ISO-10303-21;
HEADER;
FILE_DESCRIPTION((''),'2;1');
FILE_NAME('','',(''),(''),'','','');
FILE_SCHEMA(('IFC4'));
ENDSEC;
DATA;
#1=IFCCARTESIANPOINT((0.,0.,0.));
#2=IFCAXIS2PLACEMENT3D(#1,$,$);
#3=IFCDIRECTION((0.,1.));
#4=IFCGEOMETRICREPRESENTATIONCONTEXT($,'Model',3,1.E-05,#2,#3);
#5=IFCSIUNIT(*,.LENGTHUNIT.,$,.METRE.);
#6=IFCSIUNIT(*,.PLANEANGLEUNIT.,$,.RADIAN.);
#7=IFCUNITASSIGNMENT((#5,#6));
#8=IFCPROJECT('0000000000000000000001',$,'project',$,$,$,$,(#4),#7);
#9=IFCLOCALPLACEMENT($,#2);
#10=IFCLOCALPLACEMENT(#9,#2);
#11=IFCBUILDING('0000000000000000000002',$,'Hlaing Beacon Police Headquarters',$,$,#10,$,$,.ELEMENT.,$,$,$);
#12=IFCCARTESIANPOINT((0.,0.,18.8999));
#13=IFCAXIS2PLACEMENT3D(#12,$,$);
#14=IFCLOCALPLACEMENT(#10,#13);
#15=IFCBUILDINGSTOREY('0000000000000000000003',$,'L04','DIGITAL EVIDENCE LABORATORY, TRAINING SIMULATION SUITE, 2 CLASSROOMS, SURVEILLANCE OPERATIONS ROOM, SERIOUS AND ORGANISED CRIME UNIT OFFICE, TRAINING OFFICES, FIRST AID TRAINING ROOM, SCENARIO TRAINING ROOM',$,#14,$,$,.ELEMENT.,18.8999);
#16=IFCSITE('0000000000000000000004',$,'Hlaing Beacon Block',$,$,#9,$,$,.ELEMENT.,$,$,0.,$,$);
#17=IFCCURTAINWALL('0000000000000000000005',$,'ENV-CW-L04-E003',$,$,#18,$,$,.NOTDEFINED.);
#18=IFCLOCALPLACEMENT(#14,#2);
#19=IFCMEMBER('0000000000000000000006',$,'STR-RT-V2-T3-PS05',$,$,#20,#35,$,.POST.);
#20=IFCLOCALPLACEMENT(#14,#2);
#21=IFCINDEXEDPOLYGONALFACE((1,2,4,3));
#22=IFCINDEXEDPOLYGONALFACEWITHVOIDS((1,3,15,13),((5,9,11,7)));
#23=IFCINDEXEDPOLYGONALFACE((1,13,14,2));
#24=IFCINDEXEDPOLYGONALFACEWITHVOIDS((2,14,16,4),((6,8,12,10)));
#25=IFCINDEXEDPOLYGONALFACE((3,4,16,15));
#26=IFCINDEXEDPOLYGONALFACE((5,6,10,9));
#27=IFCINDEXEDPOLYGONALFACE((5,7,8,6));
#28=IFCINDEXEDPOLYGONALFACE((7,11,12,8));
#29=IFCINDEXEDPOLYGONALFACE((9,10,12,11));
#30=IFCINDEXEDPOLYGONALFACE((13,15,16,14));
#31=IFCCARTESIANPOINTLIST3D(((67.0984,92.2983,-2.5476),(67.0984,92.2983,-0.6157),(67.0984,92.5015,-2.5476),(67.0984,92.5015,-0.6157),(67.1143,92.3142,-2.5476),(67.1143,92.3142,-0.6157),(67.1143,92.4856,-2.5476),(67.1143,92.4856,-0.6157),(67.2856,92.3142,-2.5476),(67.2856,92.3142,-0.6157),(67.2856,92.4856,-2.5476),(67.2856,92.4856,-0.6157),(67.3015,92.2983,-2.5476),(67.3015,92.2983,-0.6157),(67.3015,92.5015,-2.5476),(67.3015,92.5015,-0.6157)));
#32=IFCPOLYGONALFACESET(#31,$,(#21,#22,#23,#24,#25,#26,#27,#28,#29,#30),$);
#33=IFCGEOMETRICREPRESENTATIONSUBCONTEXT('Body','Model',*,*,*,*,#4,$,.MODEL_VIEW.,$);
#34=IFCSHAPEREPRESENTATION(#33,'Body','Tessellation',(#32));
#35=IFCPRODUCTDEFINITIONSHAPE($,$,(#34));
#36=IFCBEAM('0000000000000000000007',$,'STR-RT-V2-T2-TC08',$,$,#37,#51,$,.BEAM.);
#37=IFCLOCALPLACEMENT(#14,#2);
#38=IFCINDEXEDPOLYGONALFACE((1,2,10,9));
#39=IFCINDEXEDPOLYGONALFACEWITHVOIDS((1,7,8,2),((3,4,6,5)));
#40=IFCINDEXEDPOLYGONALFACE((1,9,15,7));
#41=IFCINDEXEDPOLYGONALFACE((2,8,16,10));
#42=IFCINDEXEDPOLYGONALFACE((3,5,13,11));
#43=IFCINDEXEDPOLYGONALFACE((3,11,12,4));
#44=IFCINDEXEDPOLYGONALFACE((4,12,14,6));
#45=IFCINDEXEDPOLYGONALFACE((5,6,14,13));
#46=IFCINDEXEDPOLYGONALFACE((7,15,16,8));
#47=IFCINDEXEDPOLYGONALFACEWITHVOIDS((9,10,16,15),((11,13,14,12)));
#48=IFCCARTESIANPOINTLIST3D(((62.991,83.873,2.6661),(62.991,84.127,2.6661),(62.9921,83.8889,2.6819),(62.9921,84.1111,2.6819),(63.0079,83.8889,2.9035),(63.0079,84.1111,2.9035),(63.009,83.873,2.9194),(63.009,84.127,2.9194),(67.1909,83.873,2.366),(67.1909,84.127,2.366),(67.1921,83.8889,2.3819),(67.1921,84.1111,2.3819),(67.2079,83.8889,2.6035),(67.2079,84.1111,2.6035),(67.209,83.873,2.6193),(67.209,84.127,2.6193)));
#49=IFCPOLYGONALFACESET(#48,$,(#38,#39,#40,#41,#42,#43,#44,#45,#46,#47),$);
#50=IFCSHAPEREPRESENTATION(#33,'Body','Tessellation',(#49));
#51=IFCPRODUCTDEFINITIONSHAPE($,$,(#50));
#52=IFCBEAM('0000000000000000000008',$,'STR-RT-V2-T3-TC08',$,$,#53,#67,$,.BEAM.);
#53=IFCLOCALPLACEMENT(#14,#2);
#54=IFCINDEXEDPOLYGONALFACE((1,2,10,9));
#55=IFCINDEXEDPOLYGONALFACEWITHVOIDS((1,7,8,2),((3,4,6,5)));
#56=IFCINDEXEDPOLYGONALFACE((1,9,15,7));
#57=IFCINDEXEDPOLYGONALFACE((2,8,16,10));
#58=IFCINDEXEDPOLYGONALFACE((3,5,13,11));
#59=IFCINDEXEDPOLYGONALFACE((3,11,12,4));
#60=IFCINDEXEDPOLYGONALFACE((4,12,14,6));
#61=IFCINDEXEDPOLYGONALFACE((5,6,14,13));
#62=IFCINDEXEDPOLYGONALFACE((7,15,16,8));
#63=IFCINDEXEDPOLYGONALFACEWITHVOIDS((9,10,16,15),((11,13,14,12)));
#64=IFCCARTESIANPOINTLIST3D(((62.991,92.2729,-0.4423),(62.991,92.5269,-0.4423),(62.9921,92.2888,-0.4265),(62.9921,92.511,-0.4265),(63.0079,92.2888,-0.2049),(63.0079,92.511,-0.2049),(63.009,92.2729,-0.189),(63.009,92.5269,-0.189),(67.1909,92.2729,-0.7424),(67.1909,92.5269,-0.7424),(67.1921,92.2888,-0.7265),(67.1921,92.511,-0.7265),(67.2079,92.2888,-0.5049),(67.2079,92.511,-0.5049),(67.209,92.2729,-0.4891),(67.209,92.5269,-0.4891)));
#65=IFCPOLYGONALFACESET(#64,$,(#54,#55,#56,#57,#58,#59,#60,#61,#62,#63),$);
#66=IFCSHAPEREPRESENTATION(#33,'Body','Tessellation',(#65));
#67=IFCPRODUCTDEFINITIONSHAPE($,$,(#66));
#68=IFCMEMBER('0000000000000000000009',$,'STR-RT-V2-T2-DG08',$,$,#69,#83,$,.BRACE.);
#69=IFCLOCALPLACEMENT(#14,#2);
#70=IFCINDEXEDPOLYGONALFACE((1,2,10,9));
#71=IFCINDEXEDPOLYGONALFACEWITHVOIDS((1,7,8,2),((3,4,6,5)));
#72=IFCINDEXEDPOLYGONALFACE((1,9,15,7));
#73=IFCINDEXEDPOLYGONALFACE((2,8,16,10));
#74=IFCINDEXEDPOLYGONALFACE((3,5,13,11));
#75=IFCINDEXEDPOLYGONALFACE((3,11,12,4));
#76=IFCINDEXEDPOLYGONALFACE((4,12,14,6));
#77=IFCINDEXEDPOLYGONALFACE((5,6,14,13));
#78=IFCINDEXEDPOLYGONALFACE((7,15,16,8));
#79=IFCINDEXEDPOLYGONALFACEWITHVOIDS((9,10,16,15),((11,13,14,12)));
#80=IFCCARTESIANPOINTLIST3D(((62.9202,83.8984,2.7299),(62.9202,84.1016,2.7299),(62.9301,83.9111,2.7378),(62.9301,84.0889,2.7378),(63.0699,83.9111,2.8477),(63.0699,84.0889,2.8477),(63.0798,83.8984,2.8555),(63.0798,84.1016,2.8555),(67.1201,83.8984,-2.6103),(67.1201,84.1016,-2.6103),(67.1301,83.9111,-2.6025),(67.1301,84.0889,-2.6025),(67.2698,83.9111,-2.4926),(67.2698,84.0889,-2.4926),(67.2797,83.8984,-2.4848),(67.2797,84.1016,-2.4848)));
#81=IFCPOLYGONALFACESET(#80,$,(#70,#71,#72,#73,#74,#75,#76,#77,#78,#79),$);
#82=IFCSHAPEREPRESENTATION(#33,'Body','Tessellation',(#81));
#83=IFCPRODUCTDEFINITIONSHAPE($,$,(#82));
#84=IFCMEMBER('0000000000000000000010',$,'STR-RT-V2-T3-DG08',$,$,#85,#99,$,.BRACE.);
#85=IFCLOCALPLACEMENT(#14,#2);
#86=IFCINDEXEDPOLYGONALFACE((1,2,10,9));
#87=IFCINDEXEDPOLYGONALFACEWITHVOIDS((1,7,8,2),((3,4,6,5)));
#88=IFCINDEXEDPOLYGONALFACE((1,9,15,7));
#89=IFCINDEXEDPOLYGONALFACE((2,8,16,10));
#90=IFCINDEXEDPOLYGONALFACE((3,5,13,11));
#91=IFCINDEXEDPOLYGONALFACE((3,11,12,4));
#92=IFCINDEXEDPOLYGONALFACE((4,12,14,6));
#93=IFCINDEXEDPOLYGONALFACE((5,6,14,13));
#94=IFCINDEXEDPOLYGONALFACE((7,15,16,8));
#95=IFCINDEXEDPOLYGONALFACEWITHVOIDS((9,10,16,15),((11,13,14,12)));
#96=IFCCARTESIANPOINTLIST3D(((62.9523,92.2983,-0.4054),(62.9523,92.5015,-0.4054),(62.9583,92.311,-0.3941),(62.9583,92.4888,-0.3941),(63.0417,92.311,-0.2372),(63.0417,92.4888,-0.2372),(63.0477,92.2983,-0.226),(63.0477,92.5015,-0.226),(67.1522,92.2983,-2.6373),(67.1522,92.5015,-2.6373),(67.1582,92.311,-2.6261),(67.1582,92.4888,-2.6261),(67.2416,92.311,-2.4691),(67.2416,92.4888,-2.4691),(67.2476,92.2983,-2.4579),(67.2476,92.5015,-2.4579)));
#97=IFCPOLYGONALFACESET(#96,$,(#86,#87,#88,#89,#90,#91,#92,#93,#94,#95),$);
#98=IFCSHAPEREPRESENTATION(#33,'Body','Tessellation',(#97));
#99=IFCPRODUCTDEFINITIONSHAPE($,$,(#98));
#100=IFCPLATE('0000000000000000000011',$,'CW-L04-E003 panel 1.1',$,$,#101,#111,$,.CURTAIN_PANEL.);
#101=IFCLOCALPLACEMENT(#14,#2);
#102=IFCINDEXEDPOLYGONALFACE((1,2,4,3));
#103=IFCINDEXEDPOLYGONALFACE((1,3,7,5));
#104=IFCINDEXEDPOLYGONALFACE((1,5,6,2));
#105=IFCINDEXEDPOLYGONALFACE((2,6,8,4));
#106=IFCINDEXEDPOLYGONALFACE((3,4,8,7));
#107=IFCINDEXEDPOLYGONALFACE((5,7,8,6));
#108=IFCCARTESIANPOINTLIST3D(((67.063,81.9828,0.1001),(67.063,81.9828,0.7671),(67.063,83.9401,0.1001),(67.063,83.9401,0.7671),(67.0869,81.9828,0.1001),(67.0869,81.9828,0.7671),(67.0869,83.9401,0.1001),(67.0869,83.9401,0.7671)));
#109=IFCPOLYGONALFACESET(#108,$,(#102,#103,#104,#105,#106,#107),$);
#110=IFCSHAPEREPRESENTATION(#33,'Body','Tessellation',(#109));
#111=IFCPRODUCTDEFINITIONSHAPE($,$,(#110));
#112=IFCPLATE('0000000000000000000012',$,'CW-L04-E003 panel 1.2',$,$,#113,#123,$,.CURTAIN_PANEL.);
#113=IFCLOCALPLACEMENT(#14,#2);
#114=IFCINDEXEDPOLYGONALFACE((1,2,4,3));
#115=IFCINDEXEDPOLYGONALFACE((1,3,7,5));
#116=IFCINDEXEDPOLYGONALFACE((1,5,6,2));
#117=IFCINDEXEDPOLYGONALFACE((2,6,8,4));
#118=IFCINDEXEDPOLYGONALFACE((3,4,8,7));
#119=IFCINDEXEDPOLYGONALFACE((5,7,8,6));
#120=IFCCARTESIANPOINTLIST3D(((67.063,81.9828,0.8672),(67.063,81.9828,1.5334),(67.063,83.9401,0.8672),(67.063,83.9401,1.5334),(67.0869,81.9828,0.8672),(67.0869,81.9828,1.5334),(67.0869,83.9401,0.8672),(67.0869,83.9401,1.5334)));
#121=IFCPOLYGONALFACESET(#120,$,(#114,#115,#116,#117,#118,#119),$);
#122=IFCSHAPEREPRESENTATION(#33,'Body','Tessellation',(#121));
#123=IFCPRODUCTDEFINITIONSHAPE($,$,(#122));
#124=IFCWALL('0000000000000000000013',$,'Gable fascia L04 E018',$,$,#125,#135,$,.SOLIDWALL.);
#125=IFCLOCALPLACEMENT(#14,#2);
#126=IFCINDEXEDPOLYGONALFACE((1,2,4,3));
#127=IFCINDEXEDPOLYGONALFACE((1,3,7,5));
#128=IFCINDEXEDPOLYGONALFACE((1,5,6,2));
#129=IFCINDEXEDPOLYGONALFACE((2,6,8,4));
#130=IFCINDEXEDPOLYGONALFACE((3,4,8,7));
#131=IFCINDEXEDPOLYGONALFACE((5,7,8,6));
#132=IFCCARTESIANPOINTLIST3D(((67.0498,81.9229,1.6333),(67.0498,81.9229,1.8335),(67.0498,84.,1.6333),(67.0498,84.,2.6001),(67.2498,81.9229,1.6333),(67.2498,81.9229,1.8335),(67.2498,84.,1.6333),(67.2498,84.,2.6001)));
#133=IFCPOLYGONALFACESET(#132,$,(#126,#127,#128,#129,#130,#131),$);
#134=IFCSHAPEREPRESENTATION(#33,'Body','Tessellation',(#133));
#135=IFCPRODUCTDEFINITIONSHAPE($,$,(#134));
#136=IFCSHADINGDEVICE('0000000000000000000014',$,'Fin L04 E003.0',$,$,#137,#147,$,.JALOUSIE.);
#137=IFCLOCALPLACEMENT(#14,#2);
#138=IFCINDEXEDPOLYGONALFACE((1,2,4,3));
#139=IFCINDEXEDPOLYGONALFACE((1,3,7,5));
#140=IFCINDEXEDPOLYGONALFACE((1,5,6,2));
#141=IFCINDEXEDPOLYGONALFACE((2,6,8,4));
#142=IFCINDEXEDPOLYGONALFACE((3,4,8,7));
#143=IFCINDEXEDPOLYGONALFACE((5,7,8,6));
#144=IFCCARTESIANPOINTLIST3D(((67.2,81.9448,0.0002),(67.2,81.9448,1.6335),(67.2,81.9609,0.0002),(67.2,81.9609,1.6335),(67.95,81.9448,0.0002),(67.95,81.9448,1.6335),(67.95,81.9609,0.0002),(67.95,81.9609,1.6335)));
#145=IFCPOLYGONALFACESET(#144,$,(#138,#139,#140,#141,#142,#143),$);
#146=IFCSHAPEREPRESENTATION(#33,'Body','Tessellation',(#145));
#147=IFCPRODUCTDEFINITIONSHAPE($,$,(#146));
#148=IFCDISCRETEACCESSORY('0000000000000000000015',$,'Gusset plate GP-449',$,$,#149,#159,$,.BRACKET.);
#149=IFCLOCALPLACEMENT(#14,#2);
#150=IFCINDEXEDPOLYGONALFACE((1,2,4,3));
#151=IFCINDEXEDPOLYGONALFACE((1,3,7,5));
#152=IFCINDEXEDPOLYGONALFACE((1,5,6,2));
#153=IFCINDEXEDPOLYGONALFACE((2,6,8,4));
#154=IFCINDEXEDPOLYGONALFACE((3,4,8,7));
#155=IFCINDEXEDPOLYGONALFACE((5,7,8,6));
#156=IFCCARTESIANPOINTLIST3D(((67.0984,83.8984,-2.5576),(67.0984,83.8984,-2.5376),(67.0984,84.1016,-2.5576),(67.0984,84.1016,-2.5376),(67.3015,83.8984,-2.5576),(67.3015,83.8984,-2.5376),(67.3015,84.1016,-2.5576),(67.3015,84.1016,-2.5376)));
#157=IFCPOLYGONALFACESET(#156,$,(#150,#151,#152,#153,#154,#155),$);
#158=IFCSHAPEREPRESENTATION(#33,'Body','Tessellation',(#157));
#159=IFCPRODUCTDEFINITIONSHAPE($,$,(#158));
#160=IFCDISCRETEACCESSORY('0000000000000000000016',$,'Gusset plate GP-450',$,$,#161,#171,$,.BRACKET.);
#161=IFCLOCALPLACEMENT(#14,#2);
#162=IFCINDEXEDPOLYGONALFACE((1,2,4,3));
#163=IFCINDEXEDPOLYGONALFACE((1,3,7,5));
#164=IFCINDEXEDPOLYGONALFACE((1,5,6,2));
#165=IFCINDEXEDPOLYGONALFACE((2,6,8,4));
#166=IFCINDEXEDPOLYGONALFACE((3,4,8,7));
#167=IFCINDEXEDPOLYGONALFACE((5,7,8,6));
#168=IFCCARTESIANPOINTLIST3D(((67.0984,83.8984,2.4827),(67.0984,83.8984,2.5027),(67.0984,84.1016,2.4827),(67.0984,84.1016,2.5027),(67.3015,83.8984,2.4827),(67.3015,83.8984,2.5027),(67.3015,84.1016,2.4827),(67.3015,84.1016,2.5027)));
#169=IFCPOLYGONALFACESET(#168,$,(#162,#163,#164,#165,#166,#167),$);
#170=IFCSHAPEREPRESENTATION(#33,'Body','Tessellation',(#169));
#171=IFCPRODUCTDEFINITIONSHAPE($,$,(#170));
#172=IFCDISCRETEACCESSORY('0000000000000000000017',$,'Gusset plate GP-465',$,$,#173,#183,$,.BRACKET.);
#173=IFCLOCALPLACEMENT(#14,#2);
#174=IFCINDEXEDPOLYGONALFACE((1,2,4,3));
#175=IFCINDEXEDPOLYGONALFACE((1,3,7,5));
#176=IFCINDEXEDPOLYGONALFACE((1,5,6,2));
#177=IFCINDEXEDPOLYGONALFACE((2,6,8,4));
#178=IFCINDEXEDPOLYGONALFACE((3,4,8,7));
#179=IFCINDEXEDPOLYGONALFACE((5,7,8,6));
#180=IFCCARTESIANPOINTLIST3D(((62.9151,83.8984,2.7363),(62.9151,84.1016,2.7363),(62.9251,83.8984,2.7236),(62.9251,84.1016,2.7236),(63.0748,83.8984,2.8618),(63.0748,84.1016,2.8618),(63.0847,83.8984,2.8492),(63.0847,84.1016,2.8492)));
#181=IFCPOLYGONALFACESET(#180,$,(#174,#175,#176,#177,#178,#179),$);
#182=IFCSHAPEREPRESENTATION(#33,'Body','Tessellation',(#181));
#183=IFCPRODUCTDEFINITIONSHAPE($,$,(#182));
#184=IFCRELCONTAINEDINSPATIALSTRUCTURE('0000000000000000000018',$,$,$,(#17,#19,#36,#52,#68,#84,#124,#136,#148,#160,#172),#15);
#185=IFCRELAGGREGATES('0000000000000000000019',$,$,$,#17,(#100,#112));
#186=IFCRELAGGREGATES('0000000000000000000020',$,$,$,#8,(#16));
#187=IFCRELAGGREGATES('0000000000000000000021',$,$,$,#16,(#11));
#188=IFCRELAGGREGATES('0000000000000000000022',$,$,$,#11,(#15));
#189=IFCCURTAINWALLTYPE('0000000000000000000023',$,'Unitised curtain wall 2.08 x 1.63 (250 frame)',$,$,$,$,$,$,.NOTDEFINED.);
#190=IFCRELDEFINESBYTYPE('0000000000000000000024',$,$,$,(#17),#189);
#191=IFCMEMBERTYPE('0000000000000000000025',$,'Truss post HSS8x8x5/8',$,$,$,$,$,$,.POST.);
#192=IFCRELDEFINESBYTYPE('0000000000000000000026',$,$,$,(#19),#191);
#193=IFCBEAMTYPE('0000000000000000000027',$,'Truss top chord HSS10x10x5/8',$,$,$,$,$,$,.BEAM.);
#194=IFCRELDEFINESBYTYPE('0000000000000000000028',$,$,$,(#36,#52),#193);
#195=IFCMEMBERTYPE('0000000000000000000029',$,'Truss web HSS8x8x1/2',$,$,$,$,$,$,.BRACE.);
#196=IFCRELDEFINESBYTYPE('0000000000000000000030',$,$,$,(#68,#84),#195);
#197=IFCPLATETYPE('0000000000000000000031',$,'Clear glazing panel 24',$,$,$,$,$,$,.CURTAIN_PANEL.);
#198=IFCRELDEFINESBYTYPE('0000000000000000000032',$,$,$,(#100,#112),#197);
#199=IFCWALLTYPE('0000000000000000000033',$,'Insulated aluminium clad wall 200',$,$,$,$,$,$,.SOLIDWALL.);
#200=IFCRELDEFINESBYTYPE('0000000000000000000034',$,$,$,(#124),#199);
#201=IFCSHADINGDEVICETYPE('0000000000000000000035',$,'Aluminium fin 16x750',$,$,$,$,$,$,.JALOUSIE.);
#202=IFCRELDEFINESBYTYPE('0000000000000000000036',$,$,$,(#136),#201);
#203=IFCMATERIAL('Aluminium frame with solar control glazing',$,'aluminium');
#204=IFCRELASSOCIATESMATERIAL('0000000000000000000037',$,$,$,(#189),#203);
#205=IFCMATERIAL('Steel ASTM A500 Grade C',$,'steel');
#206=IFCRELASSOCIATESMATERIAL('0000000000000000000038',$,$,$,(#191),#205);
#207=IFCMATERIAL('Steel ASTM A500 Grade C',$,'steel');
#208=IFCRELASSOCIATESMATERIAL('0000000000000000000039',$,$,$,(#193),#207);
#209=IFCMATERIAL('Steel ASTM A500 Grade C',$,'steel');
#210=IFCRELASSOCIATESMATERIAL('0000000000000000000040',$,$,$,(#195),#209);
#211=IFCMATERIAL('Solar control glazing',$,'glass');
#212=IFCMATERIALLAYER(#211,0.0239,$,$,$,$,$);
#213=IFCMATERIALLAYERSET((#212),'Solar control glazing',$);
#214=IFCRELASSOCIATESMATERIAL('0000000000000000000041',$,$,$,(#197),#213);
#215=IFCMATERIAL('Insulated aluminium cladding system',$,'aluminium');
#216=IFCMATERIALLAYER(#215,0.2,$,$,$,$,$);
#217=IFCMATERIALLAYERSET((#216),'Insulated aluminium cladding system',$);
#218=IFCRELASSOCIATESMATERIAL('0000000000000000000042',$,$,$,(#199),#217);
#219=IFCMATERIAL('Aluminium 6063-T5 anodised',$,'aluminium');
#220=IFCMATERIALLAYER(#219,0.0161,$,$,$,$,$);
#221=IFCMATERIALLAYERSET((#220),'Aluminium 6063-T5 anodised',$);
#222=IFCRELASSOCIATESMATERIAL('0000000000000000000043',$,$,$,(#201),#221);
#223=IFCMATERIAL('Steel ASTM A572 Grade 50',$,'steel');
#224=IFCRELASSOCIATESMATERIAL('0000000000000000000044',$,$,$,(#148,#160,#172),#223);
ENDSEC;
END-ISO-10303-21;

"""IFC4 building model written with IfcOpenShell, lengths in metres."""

from ifc_helpers import new_model, si_unit, direction, frame, origin, origin_2d, place, context, subcontext, project, spatial, polyline, rectangle, hollow_rectangle, outline, extrude, material, layer, layer_set, material_profile, profile_set, type_object, element, aggregate, save


model = new_model("IFC4")

# Units and contexts
model_context = context("Model", 3, precision=1e-05, world=origin(), true_north=direction((0.0, 1.0)))
body_context = subcontext(model_context, "Body", "Model", "MODEL_VIEW")
ifc_project = project(units=[si_unit("LENGTHUNIT", "METRE"), si_unit("PLANEANGLEUNIT", "RADIAN")], contexts=[model_context])

# Site, building, storey
site_placement = place(None, origin())
site = spatial("IfcSite", under=ifc_project, at=site_placement, Name="Hlaing Beacon Block", CompositionType="ELEMENT", RefElevation=0.0)
building_placement = place(site_placement, origin())
building = spatial("IfcBuilding", under=site, at=building_placement, Name="Hlaing Beacon Police Headquarters", CompositionType="ELEMENT")
storey_placement = place(building_placement, frame((0.0, 0.0, 18.8999)))
storey = spatial("IfcBuildingStorey", under=building, at=storey_placement, Name="L04", Description="DIGITAL EVIDENCE LABORATORY, TRAINING SIMULATION SUITE, 2 CLASSROOMS, SURVEILLANCE OPERATIONS ROOM, SERIOUS AND ORGANISED CRIME UNIT OFFICE, TRAINING OFFICES, FIRST AID TRAINING ROOM, SCENARIO TRAINING ROOM", CompositionType="ELEMENT", Elevation=18.8999)

# Curtain wall
ifc_material_1 = material(Name="Aluminium frame with solar control glazing", Category="aluminium")
curtain_wall_type = type_object("IfcCurtainWallType", Name="Unitised curtain wall 2.08 x 1.63 (250 frame)", PredefinedType="NOTDEFINED", material=ifc_material_1)
curtain_wall_placement = place(storey_placement, origin())
curtain_wall = element("IfcCurtainWall", 1, at=curtain_wall_placement, inside=storey, type_object=curtain_wall_type, Name="ENV-CW-L04-E003", PredefinedType="NOTDEFINED")

# Member
ifc_material_2 = material(Name="Steel ASTM A500 Grade C", Category="steel")
ifc_material_profile_1 = material_profile(ifc_material_2, hollow_rectangle(XDim=0.2031, YDim=0.2031, WallThickness=0.0159, at=origin_2d()), Name="HSS8x8x5/8")
ifc_profile_set_1 = profile_set([ifc_material_profile_1], Name="Steel ASTM A500 Grade C")
member_type_1 = type_object("IfcMemberType", Name="Truss post HSS8x8x5/8", PredefinedType="POST", material=ifc_profile_set_1)
member_1_placement = place(storey_placement, frame((67.2, 92.3999, -2.5476), z_axis=(0.0, 0.0, 1.0), x_axis=(1.0, 0.0, 0.0)))
element("IfcMember", 2, at=member_1_placement, inside=storey, type_object=member_type_1, Name="STR-RT-V2-T3-PS05", PredefinedType="POST", context=body_context, shape_type="SweptSolid", body=[
    extrude(hollow_rectangle(XDim=0.2031, YDim=0.2031, WallThickness=0.0159, at=origin_2d()), origin(), (0.0, 0.0, 1.0), 1.9319),
])

# Beams
ifc_material_3 = material(Name="Steel ASTM A500 Grade C", Category="steel")
ifc_material_profile_2 = material_profile(ifc_material_3, hollow_rectangle(XDim=0.2539, YDim=0.2539, WallThickness=0.0159, at=origin_2d()), Name="HSS10x10x5/8")
ifc_profile_set_2 = profile_set([ifc_material_profile_2], Name="Steel ASTM A500 Grade C")
beam_type_1 = type_object("IfcBeamType", Name="Truss top chord HSS10x10x5/8", PredefinedType="BEAM", material=ifc_profile_set_2)
for number, where, z_axis, x_axis, name in (
    (3, (63.0, 84.0, 2.7927), (0.997458, 0.0, -0.071259), (0.0, 1.0, 0.0), "STR-RT-V2-T2-TC08"),
    (4, (63.0, 92.3999, -0.3157), (0.997458, 0.0, -0.071259), (0.0, 1.0, 0.0), "STR-RT-V2-T3-TC08"),
):
    element("IfcBeam", number, at=place(storey_placement, frame(where, z_axis=z_axis, x_axis=x_axis)), inside=storey, type_object=beam_type_1, Name=name, PredefinedType="BEAM", context=body_context, shape_type="SweptSolid", body=[
        extrude(hollow_rectangle(XDim=0.2539, YDim=0.2539, WallThickness=0.0159, at=origin_2d()), origin(), (0.0, 0.0, 1.0), 4.2107),
    ])

# Members
ifc_material_4 = material(Name="Steel ASTM A500 Grade C", Category="steel")
ifc_material_profile_3 = material_profile(ifc_material_4, hollow_rectangle(XDim=0.2031, YDim=0.2031, WallThickness=0.0127, at=origin_2d()), Name="HSS8x8x1/2")
ifc_profile_set_3 = profile_set([ifc_material_profile_3], Name="Steel ASTM A500 Grade C")
member_type_2 = type_object("IfcMemberType", Name="Truss web HSS8x8x1/2", PredefinedType="BRACE", material=ifc_profile_set_3)
member_2_placement = place(storey_placement, frame((63.0, 84.0, 2.7927), z_axis=(0.618183, 0.0, -0.786034), x_axis=(0.0, 1.0, 0.0)))
element("IfcMember", 5, at=member_2_placement, inside=storey, type_object=member_type_2, Name="STR-RT-V2-T2-DG08", PredefinedType="BRACE", context=body_context, shape_type="SweptSolid", body=[
    extrude(hollow_rectangle(XDim=0.2031, YDim=0.2031, WallThickness=0.0127, at=origin_2d()), origin(), (0.0, 0.0, 1.0), 6.7939),
])
member_3_placement = place(storey_placement, frame((63.0, 92.3999, -0.3157), z_axis=(0.883054, 0.0, -0.469272), x_axis=(0.0, 1.0, 0.0)))
element("IfcMember", 6, at=member_3_placement, inside=storey, type_object=member_type_2, Name="STR-RT-V2-T3-DG08", PredefinedType="BRACE", context=body_context, shape_type="SweptSolid", body=[
    extrude(hollow_rectangle(XDim=0.2031, YDim=0.2031, WallThickness=0.0127, at=origin_2d()), origin(), (0.0, 0.0, 1.0), 4.7561),
])

# Plates
ifc_material_5 = material(Name="Solar control glazing", Category="glass")
ifc_layer_1 = layer(ifc_material_5, 0.0239)
ifc_layer_set_1 = layer_set([ifc_layer_1], Name="Solar control glazing")
plate_type = type_object("IfcPlateType", Name="Clear glazing panel 24", PredefinedType="CURTAIN_PANEL", material=ifc_layer_set_1)
plate_1_placement = place(storey_placement, frame((67.075, 82.9614, 0.1001), z_axis=(0.0, 0.0, 1.0), x_axis=(0.0, 1.0, 0.0)))
plate_1 = element("IfcPlate", 7, at=plate_1_placement, type_object=plate_type, Name="CW-L04-E003 panel 1.1", PredefinedType="CURTAIN_PANEL", context=body_context, shape_type="SweptSolid", body=[
    extrude(rectangle(XDim=1.9573, YDim=0.0239, at=origin_2d()), origin(), (0.0, 0.0, 1.0), 0.667),
])
plate_2_placement = place(storey_placement, frame((67.075, 82.9614, 0.8672), z_axis=(0.0, 0.0, 1.0), x_axis=(0.0, 1.0, 0.0)))
plate_2 = element("IfcPlate", 8, at=plate_2_placement, type_object=plate_type, Name="CW-L04-E003 panel 1.2", PredefinedType="CURTAIN_PANEL", context=body_context, shape_type="SweptSolid", body=[
    extrude(rectangle(XDim=1.9573, YDim=0.0239, at=origin_2d()), origin(), (0.0, 0.0, 1.0), 0.6663),
])
aggregate(curtain_wall, [plate_1, plate_2])

# Wall
ifc_material_6 = material(Name="Insulated aluminium cladding system", Category="aluminium")
ifc_layer_2 = layer(ifc_material_6, 0.2)
ifc_layer_set_2 = layer_set([ifc_layer_2], Name="Insulated aluminium cladding system")
wall_type = type_object("IfcWallType", Name="Insulated aluminium clad wall 200", PredefinedType="SOLIDWALL", material=ifc_layer_set_2)
wall_placement = place(storey_placement, frame((67.1499, 81.9229, 1.6333), z_axis=(0.0, 0.0, 1.0), x_axis=(0.0, 1.0, 0.0)))
element("IfcWall", 9, at=wall_placement, inside=storey, type_object=wall_type, Name="Gable fascia L04 E018", PredefinedType="SOLIDWALL", context=body_context, shape_type="SweptSolid", body=[
    extrude(outline(polyline([(0.0, 0.0), (2.0771, 0.0), (2.0771, 0.9668), (0.0, 0.2002), (0.0, 0.0)])), frame((0.0, 0.1001, 0.0), z_axis=(0.0, -1.0, 0.0), x_axis=(1.0, 0.0, 0.0)), (0.0, 0.0, 1.0), 0.2),
])

# Shading device
ifc_material_7 = material(Name="Aluminium 6063-T5 anodised", Category="aluminium")
ifc_layer_3 = layer(ifc_material_7, 0.0161)
ifc_layer_set_3 = layer_set([ifc_layer_3], Name="Aluminium 6063-T5 anodised")
shading_device_type = type_object("IfcShadingDeviceType", Name="Aluminium fin 16x750", PredefinedType="JALOUSIE", material=ifc_layer_set_3)
shading_device_placement = place(storey_placement, frame((67.575, 81.9529, 0.0002), z_axis=(0.0, 0.0, 1.0), x_axis=(0.0, 1.0, 0.0)))
element("IfcShadingDevice", 10, at=shading_device_placement, inside=storey, type_object=shading_device_type, Name="Fin L04 E003.0", PredefinedType="JALOUSIE", context=body_context, shape_type="SweptSolid", body=[
    extrude(rectangle(XDim=0.0161, YDim=0.75, at=origin_2d()), origin(), (0.0, 0.0, 1.0), 1.6333),
])

# Discrete accessories
ifc_material_8 = material(Name="Steel ASTM A572 Grade 50", Category="steel")
for number, where, z_axis, x_axis, name in (
    (11, (67.2, 84.0, -2.5376), (0.0, 0.0, -1.0), (1.0, 0.0, 0.0), "Gusset plate GP-449"),
    (12, (67.2, 84.0, 2.4827), (0.0, 0.0, 1.0), (1.0, 0.0, 0.0), "Gusset plate GP-450"),
):
    element("IfcDiscreteAccessory", number, at=place(storey_placement, frame(where, z_axis=z_axis, x_axis=x_axis)), inside=storey, material=ifc_material_8, Name=name, PredefinedType="BRACKET", context=body_context, shape_type="SweptSolid", body=[
        extrude(rectangle(XDim=0.2031, YDim=0.2031, at=origin_2d()), origin(), (0.0, 0.0, 1.0), 0.02),
    ])
for number, where, z_axis, x_axis, name in (
    (13, (63.0049, 84.0, 2.7864), (-0.618183, 0.0, 0.786034), (0.0, -1.0, 0.0), "Gusset plate GP-465"),
):
    element("IfcDiscreteAccessory", number, at=place(storey_placement, frame(where, z_axis=z_axis, x_axis=x_axis)), inside=storey, material=ifc_material_8, Name=name, PredefinedType="BRACKET", context=body_context, shape_type="SweptSolid", body=[
        extrude(rectangle(XDim=0.2031, YDim=0.2031, at=origin_2d()), origin(), (0.0, 0.0, 1.0), 0.0161),
    ])

save(model, "model.ifc")
